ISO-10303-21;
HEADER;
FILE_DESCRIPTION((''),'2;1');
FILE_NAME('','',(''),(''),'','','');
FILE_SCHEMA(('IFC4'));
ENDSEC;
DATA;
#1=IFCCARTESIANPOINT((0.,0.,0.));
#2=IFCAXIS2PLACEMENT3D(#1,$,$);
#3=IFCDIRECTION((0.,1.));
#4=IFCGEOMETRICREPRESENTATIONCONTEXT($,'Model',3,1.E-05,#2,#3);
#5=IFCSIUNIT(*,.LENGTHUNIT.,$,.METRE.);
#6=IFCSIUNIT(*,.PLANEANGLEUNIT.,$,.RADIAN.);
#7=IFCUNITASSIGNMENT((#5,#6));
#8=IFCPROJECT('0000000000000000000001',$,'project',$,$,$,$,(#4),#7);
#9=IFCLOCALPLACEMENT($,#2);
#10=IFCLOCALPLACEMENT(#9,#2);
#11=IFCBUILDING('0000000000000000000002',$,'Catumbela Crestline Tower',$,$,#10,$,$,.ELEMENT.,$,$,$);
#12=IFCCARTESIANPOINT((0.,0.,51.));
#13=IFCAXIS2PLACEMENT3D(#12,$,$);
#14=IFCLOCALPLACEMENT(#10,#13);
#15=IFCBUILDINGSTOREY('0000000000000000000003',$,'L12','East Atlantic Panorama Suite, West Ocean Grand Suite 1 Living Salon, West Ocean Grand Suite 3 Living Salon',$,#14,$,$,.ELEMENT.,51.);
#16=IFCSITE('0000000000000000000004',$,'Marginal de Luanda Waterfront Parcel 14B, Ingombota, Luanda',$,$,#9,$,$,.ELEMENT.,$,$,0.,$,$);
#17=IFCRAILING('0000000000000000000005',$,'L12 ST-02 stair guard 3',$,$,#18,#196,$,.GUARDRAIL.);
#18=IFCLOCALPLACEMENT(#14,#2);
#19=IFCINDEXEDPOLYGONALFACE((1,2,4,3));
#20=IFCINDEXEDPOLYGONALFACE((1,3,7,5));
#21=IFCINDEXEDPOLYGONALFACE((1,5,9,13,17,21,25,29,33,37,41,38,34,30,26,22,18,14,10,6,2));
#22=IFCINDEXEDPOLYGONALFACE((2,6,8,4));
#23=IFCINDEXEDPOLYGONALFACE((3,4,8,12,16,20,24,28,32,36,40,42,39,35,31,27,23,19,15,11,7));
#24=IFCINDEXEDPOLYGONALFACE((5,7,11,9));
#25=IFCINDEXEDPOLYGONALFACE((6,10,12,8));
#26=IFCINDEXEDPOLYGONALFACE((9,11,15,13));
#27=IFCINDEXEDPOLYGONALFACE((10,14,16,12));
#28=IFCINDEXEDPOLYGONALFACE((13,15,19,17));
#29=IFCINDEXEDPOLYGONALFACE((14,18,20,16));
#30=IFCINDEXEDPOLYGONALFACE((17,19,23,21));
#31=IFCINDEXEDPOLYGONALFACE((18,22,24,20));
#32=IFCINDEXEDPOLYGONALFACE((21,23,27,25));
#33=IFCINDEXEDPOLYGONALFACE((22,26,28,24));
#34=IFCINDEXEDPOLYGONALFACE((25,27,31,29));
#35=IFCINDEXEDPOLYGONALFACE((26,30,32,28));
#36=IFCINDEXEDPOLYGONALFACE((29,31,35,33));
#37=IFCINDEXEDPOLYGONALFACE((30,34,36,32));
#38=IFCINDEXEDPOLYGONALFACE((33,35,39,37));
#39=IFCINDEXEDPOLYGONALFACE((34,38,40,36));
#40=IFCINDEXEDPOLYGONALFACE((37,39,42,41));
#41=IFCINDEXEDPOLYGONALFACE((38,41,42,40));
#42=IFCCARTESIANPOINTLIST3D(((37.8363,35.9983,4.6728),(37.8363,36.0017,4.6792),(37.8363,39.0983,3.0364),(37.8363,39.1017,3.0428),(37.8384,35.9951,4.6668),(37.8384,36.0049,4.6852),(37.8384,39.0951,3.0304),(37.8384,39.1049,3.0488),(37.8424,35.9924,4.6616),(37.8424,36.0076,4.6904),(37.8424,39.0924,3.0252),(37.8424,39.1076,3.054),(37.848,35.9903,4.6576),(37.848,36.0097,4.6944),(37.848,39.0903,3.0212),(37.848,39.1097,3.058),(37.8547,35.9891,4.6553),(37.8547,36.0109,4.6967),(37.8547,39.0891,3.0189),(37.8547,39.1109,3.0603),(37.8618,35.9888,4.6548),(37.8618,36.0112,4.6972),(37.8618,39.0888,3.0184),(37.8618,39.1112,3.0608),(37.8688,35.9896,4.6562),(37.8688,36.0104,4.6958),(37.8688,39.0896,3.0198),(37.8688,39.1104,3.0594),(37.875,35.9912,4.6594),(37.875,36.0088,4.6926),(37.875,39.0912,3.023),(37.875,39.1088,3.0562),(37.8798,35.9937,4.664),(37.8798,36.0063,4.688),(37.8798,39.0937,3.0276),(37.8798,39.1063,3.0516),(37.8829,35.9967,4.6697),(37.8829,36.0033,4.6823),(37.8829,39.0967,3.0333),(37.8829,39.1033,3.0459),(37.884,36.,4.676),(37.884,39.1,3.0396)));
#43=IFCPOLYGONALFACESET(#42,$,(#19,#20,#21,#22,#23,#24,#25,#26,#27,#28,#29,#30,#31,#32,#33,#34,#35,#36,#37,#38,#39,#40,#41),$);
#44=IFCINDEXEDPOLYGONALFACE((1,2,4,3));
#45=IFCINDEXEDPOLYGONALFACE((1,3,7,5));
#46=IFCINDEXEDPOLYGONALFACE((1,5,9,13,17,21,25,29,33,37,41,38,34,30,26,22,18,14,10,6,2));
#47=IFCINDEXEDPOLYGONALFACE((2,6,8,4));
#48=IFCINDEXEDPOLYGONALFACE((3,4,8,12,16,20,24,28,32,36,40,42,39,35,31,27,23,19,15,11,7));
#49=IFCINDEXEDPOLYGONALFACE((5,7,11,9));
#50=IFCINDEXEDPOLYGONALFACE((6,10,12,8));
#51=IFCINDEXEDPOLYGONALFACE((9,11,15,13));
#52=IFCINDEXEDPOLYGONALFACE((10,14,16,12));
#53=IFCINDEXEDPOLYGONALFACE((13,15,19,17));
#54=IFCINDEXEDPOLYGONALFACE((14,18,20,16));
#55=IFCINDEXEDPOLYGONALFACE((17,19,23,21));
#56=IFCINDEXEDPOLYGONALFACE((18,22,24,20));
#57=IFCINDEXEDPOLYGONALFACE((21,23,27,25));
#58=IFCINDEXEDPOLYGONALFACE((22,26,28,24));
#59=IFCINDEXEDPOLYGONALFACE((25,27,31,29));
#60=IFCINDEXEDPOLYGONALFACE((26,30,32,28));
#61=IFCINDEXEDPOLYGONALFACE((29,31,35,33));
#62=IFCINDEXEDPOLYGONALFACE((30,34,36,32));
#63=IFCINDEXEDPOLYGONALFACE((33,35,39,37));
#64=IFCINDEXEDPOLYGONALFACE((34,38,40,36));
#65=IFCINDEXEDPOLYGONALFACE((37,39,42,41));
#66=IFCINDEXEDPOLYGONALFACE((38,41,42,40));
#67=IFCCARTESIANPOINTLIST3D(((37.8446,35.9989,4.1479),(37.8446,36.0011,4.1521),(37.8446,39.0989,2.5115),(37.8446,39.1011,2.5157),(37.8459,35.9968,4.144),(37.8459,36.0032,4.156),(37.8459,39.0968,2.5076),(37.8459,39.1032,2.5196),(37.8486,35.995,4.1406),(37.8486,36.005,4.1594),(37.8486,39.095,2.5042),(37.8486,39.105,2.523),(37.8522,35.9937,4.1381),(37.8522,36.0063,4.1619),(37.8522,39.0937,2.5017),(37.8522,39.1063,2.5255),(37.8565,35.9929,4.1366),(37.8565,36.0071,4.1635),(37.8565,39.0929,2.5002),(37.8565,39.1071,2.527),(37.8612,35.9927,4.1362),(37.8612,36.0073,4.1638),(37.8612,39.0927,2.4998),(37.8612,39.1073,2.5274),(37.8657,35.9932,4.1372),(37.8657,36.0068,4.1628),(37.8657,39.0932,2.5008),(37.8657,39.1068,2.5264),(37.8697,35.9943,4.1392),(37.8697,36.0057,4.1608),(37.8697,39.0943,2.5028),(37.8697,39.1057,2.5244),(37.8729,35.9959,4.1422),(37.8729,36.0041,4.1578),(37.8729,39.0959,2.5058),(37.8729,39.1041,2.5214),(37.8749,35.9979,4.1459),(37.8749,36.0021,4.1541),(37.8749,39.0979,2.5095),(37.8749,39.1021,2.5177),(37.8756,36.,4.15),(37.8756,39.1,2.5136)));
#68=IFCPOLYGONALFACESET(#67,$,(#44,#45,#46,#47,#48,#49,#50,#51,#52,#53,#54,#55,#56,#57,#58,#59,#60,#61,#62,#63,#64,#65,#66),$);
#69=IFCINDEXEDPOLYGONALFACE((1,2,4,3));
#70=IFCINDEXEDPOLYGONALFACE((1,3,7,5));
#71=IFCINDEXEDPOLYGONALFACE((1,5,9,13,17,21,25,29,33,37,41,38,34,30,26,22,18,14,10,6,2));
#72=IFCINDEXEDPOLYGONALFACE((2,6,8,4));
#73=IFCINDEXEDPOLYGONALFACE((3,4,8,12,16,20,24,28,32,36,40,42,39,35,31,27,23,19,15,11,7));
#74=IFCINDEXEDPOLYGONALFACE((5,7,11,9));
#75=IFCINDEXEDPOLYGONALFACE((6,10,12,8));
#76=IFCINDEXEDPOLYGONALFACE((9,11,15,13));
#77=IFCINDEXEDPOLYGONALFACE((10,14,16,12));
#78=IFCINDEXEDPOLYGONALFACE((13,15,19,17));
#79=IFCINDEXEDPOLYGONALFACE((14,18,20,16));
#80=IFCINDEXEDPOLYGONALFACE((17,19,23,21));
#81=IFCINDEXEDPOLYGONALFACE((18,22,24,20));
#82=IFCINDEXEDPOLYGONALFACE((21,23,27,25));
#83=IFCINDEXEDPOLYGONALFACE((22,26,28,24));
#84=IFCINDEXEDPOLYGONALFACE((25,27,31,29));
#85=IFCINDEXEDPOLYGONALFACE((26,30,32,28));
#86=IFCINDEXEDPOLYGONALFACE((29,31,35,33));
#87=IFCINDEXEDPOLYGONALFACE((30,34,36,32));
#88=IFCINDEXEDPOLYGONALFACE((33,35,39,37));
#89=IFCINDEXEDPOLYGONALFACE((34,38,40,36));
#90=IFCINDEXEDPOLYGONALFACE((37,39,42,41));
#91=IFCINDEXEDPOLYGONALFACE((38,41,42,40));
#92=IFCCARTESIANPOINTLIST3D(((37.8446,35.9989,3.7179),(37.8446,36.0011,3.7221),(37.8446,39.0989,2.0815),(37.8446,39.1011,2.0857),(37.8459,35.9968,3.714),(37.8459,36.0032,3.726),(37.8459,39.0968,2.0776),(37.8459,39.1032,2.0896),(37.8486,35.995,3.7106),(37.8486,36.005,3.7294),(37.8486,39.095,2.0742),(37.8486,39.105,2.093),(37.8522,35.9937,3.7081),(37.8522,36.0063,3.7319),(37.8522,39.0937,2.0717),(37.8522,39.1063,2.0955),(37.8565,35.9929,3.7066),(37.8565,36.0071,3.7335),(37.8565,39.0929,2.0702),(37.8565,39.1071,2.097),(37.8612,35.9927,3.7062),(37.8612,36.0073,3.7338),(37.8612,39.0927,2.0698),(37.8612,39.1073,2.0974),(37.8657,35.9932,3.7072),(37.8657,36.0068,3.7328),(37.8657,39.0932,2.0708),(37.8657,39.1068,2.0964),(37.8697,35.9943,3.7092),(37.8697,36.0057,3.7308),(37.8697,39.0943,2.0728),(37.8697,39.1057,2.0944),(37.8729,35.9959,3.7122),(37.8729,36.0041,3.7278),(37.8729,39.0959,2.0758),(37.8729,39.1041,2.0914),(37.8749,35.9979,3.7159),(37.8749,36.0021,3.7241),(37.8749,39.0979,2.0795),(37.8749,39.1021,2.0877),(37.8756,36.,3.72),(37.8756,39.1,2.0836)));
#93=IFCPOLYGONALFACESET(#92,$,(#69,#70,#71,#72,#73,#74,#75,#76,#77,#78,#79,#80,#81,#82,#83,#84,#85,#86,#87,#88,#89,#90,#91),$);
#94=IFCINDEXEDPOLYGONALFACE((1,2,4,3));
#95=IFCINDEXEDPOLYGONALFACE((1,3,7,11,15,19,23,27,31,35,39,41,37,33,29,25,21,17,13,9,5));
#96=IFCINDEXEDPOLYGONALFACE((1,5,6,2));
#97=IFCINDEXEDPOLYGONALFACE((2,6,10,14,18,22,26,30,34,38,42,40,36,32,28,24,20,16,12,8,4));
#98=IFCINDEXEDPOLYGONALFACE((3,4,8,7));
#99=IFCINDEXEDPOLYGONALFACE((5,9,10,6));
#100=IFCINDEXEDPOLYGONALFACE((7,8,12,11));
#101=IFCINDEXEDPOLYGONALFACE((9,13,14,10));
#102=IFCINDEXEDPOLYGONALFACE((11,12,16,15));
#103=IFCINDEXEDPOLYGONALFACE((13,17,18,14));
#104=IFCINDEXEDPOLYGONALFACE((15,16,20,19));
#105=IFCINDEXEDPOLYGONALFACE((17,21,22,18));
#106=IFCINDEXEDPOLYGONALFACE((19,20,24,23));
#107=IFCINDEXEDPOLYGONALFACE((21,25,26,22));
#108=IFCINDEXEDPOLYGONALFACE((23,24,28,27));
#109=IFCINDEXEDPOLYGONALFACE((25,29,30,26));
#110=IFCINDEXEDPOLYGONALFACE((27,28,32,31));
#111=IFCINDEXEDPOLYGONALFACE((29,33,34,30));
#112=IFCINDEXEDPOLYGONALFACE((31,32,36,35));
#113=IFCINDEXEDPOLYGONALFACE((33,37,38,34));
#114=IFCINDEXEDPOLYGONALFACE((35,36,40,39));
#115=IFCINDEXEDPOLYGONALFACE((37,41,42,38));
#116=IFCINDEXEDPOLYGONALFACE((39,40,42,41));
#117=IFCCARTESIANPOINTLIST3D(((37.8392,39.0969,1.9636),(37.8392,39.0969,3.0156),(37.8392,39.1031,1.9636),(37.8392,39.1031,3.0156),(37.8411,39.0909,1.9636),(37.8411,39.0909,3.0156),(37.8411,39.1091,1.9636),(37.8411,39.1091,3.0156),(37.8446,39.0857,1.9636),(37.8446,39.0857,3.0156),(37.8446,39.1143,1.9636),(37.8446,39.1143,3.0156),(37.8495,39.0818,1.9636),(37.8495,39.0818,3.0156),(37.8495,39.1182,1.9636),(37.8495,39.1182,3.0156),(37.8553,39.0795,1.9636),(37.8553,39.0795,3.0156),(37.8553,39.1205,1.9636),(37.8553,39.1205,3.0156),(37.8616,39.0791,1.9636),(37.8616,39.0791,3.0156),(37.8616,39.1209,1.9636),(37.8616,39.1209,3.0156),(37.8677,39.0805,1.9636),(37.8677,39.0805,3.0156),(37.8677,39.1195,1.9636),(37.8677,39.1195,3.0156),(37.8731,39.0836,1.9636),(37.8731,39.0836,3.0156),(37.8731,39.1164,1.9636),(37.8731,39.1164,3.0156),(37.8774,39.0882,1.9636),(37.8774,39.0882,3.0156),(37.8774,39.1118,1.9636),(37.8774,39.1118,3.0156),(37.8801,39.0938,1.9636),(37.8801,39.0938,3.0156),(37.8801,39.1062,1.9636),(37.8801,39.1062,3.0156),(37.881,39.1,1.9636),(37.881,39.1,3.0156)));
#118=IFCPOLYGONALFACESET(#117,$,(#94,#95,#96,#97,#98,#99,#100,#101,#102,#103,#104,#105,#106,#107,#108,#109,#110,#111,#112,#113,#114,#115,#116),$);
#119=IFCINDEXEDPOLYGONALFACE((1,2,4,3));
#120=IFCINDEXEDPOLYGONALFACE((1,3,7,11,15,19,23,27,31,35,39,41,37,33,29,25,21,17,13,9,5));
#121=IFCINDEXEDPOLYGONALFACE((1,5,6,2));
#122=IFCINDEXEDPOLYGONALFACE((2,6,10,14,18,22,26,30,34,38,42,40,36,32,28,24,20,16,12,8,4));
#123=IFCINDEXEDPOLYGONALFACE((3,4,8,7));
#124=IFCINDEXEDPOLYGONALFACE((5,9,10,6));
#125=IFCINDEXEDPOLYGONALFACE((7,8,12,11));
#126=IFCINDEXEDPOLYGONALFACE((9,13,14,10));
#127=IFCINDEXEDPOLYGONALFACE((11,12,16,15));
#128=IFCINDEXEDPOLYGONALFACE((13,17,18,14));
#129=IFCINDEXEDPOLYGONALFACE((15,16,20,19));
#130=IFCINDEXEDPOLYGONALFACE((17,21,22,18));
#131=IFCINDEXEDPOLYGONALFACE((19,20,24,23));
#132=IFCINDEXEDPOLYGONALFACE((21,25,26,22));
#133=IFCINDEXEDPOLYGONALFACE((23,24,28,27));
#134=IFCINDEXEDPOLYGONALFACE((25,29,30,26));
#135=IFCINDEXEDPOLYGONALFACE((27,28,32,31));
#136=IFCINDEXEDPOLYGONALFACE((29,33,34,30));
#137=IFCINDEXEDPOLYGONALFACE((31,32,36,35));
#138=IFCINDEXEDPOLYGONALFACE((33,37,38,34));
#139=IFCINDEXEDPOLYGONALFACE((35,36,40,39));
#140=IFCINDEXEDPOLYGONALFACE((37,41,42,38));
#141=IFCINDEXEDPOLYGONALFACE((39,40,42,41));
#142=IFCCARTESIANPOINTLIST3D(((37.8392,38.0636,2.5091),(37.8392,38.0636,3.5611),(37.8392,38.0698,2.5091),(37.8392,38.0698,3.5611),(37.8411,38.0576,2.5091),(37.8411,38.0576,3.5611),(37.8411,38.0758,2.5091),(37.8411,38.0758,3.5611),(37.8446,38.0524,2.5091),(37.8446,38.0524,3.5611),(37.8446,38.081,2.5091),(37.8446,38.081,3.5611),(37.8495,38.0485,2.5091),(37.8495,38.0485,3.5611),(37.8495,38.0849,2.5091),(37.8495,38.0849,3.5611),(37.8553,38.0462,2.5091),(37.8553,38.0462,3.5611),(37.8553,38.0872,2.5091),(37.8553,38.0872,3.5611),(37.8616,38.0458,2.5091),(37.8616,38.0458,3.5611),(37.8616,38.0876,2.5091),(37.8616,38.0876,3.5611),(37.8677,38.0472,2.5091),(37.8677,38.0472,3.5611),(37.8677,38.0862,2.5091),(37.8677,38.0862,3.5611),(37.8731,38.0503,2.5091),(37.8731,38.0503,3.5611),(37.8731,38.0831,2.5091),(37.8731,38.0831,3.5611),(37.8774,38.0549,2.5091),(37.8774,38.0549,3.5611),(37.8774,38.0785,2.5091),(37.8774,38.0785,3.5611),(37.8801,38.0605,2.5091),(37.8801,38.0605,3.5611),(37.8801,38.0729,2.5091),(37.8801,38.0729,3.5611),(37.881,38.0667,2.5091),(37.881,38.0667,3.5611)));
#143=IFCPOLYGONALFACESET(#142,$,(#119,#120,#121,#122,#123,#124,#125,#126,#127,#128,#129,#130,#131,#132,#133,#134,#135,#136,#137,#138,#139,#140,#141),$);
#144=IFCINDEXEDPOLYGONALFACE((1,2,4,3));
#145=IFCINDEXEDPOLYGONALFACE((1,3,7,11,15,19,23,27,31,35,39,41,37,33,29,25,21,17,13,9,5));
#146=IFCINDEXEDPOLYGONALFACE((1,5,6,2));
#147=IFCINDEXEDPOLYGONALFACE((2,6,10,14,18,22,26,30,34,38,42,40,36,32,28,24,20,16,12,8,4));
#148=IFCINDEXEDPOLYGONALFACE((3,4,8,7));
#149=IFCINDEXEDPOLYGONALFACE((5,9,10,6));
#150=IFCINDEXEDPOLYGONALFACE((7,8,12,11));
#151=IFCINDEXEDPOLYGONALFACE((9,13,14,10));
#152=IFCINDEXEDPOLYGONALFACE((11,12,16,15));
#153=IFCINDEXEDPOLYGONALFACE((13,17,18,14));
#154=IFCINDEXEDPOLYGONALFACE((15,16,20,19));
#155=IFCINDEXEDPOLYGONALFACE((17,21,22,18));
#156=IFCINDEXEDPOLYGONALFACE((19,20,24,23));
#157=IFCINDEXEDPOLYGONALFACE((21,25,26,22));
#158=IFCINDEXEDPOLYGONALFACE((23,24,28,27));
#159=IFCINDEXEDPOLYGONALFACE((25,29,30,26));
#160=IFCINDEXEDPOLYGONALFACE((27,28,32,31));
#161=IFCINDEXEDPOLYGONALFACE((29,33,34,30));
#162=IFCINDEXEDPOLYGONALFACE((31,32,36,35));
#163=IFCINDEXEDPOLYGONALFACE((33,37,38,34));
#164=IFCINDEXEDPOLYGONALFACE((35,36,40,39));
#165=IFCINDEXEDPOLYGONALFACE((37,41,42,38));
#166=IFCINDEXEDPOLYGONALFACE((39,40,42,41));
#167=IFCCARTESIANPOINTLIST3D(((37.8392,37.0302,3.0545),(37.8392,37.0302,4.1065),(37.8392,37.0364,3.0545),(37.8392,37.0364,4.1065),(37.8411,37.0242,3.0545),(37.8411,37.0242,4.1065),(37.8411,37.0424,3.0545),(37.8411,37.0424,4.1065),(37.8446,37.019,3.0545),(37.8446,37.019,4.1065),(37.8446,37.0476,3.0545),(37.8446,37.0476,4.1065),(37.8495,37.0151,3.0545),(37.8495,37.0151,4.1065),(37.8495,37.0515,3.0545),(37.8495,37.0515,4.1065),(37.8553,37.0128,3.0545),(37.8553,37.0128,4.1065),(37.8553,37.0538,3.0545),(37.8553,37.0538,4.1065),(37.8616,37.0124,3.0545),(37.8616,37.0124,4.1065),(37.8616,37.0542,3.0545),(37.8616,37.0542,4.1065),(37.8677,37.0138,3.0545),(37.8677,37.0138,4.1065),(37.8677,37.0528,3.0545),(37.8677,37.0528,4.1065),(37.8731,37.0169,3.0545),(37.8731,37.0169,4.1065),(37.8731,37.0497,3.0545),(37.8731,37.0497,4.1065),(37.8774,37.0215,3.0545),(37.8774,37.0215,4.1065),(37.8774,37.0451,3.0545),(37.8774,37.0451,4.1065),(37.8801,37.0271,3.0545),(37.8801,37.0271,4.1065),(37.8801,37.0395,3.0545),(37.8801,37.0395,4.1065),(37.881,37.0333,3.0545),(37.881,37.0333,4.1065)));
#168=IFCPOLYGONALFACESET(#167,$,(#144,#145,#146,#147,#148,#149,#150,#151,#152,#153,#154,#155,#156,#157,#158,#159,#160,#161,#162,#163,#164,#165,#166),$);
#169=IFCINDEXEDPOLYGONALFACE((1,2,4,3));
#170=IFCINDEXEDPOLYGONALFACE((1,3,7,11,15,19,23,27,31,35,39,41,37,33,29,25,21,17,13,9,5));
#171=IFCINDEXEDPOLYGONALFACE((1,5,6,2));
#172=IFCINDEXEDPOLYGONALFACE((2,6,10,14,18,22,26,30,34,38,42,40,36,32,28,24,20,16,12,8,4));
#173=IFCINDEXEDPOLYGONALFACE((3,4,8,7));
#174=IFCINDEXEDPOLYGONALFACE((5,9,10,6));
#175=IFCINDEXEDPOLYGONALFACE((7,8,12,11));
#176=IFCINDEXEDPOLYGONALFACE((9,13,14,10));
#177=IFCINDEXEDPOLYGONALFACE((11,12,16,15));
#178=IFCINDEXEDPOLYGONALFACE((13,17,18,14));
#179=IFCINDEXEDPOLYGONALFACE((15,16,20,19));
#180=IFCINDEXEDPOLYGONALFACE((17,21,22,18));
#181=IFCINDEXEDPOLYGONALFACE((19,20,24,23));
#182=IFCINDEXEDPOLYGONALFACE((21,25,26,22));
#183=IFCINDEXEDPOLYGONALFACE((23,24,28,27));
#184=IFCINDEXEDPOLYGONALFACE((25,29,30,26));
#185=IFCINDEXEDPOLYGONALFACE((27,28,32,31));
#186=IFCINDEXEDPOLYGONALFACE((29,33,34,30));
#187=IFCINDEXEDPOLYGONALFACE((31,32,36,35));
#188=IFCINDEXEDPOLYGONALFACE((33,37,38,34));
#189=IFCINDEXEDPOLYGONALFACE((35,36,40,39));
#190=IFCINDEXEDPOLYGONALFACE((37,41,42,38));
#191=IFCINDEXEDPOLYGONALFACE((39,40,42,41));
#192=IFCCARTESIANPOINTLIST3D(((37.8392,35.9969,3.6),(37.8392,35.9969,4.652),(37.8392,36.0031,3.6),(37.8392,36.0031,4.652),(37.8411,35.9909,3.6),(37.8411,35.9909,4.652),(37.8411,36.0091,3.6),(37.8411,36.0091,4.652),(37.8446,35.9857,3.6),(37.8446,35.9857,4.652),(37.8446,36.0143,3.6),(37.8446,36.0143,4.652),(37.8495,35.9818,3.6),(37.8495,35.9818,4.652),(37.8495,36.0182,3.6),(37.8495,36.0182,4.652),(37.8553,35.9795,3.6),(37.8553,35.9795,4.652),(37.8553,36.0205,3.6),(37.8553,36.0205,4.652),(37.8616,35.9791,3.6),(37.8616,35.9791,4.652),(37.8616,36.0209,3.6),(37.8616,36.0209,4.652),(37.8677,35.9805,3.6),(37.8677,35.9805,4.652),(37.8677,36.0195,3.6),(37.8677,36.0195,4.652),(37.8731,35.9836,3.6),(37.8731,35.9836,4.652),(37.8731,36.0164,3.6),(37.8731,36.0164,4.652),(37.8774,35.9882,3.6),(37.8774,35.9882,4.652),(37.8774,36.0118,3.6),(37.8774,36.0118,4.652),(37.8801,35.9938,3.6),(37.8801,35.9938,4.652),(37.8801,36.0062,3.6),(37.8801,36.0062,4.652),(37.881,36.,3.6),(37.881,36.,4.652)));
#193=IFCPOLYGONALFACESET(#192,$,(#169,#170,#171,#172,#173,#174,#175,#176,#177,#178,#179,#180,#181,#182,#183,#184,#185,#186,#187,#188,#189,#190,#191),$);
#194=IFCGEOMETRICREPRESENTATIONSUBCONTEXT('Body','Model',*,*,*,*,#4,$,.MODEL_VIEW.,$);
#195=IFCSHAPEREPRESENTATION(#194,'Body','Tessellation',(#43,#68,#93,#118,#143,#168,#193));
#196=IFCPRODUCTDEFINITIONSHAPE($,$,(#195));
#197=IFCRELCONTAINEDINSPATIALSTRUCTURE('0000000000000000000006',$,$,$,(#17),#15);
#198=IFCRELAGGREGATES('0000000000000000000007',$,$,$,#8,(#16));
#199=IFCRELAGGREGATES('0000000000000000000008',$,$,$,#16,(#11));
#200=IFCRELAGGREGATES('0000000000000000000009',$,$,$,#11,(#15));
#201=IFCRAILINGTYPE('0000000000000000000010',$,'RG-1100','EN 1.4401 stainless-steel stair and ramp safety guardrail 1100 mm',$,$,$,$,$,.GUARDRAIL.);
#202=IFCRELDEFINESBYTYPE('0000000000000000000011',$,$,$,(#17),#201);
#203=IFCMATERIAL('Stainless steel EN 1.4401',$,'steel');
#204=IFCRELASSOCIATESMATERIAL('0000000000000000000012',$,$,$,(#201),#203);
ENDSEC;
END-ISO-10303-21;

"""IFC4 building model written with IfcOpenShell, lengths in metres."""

from ifc_helpers import new_model, si_unit, direction, frame, origin, origin_2d, place, context, subcontext, project, spatial, circle, extrude, material, type_object, element, save


model = new_model("IFC4")

# Units and contexts
model_context = context("Model", 3, precision=1e-05, world=origin(), true_north=direction((0.0, 1.0)))
body_context = subcontext(model_context, "Body", "Model", "MODEL_VIEW")
ifc_project = project(units=[si_unit("LENGTHUNIT", "METRE"), si_unit("PLANEANGLEUNIT", "RADIAN")], contexts=[model_context])

# Site, building, storey
site_placement = place(None, origin())
site = spatial("IfcSite", under=ifc_project, at=site_placement, Name="Marginal de Luanda Waterfront Parcel 14B, Ingombota, Luanda", CompositionType="ELEMENT", RefElevation=0.0)
building_placement = place(site_placement, origin())
building = spatial("IfcBuilding", under=site, at=building_placement, Name="Catumbela Crestline Tower", CompositionType="ELEMENT")
storey_placement = place(building_placement, frame((0.0, 0.0, 51.0)))
storey = spatial("IfcBuildingStorey", under=building, at=storey_placement, Name="L12", Description="East Atlantic Panorama Suite, West Ocean Grand Suite 1 Living Salon, West Ocean Grand Suite 3 Living Salon", CompositionType="ELEMENT", Elevation=51.0)

# Shared definitions
ifc_material_1 = material(Name="Stainless steel EN 1.4401", Category="steel")

# Railing
railing_type_1 = type_object("IfcRailingType", Name="RG-1100", Description="EN 1.4401 stainless-steel stair and ramp safety guardrail 1100 mm", PredefinedType="GUARDRAIL", material=ifc_material_1)
railing_1_placement = place(storey_placement, frame((37.86, 39.1, 1.9636)))
element("IfcRailing", 1, at=railing_1_placement, inside=storey, type_object=railing_type_1, Name="L12 ST-02 stair guard 3", PredefinedType="GUARDRAIL", context=body_context, shape_type="SweptSolid", body=[
    extrude(circle(Radius=0.024, at=origin_2d()), frame((0.0, 0.0, 1.076), z_axis=(0.0, -0.884351, 0.466823), x_axis=(1.0, 0.0, 0.0)), (0.0, 0.0, 1.0), 3.5054),
    extrude(circle(Radius=0.0156, at=origin_2d()), frame((0.0, 0.0, 0.55), z_axis=(0.0, -0.884351, 0.466823), x_axis=(1.0, 0.0, 0.0)), (0.0, 0.0, 1.0), 3.5054),
    extrude(circle(Radius=0.0156, at=origin_2d()), frame((0.0, 0.0, 0.12), z_axis=(0.0, -0.884351, 0.466823), x_axis=(1.0, 0.0, 0.0)), (0.0, 0.0, 1.0), 3.5054),
    extrude(circle(Radius=0.021, at=origin_2d()), origin(), (0.0, 0.0, 1.0), 1.052),
    extrude(circle(Radius=0.021, at=origin_2d()), frame((0.0, -1.0333, 0.5455)), (0.0, 0.0, 1.0), 1.052),
    extrude(circle(Radius=0.021, at=origin_2d()), frame((0.0, -2.0667, 1.0909)), (0.0, 0.0, 1.0), 1.052),
    extrude(circle(Radius=0.021, at=origin_2d()), frame((0.0, -3.1, 1.6364)), (0.0, 0.0, 1.0), 1.052),
])

save(model, "model.ifc")
